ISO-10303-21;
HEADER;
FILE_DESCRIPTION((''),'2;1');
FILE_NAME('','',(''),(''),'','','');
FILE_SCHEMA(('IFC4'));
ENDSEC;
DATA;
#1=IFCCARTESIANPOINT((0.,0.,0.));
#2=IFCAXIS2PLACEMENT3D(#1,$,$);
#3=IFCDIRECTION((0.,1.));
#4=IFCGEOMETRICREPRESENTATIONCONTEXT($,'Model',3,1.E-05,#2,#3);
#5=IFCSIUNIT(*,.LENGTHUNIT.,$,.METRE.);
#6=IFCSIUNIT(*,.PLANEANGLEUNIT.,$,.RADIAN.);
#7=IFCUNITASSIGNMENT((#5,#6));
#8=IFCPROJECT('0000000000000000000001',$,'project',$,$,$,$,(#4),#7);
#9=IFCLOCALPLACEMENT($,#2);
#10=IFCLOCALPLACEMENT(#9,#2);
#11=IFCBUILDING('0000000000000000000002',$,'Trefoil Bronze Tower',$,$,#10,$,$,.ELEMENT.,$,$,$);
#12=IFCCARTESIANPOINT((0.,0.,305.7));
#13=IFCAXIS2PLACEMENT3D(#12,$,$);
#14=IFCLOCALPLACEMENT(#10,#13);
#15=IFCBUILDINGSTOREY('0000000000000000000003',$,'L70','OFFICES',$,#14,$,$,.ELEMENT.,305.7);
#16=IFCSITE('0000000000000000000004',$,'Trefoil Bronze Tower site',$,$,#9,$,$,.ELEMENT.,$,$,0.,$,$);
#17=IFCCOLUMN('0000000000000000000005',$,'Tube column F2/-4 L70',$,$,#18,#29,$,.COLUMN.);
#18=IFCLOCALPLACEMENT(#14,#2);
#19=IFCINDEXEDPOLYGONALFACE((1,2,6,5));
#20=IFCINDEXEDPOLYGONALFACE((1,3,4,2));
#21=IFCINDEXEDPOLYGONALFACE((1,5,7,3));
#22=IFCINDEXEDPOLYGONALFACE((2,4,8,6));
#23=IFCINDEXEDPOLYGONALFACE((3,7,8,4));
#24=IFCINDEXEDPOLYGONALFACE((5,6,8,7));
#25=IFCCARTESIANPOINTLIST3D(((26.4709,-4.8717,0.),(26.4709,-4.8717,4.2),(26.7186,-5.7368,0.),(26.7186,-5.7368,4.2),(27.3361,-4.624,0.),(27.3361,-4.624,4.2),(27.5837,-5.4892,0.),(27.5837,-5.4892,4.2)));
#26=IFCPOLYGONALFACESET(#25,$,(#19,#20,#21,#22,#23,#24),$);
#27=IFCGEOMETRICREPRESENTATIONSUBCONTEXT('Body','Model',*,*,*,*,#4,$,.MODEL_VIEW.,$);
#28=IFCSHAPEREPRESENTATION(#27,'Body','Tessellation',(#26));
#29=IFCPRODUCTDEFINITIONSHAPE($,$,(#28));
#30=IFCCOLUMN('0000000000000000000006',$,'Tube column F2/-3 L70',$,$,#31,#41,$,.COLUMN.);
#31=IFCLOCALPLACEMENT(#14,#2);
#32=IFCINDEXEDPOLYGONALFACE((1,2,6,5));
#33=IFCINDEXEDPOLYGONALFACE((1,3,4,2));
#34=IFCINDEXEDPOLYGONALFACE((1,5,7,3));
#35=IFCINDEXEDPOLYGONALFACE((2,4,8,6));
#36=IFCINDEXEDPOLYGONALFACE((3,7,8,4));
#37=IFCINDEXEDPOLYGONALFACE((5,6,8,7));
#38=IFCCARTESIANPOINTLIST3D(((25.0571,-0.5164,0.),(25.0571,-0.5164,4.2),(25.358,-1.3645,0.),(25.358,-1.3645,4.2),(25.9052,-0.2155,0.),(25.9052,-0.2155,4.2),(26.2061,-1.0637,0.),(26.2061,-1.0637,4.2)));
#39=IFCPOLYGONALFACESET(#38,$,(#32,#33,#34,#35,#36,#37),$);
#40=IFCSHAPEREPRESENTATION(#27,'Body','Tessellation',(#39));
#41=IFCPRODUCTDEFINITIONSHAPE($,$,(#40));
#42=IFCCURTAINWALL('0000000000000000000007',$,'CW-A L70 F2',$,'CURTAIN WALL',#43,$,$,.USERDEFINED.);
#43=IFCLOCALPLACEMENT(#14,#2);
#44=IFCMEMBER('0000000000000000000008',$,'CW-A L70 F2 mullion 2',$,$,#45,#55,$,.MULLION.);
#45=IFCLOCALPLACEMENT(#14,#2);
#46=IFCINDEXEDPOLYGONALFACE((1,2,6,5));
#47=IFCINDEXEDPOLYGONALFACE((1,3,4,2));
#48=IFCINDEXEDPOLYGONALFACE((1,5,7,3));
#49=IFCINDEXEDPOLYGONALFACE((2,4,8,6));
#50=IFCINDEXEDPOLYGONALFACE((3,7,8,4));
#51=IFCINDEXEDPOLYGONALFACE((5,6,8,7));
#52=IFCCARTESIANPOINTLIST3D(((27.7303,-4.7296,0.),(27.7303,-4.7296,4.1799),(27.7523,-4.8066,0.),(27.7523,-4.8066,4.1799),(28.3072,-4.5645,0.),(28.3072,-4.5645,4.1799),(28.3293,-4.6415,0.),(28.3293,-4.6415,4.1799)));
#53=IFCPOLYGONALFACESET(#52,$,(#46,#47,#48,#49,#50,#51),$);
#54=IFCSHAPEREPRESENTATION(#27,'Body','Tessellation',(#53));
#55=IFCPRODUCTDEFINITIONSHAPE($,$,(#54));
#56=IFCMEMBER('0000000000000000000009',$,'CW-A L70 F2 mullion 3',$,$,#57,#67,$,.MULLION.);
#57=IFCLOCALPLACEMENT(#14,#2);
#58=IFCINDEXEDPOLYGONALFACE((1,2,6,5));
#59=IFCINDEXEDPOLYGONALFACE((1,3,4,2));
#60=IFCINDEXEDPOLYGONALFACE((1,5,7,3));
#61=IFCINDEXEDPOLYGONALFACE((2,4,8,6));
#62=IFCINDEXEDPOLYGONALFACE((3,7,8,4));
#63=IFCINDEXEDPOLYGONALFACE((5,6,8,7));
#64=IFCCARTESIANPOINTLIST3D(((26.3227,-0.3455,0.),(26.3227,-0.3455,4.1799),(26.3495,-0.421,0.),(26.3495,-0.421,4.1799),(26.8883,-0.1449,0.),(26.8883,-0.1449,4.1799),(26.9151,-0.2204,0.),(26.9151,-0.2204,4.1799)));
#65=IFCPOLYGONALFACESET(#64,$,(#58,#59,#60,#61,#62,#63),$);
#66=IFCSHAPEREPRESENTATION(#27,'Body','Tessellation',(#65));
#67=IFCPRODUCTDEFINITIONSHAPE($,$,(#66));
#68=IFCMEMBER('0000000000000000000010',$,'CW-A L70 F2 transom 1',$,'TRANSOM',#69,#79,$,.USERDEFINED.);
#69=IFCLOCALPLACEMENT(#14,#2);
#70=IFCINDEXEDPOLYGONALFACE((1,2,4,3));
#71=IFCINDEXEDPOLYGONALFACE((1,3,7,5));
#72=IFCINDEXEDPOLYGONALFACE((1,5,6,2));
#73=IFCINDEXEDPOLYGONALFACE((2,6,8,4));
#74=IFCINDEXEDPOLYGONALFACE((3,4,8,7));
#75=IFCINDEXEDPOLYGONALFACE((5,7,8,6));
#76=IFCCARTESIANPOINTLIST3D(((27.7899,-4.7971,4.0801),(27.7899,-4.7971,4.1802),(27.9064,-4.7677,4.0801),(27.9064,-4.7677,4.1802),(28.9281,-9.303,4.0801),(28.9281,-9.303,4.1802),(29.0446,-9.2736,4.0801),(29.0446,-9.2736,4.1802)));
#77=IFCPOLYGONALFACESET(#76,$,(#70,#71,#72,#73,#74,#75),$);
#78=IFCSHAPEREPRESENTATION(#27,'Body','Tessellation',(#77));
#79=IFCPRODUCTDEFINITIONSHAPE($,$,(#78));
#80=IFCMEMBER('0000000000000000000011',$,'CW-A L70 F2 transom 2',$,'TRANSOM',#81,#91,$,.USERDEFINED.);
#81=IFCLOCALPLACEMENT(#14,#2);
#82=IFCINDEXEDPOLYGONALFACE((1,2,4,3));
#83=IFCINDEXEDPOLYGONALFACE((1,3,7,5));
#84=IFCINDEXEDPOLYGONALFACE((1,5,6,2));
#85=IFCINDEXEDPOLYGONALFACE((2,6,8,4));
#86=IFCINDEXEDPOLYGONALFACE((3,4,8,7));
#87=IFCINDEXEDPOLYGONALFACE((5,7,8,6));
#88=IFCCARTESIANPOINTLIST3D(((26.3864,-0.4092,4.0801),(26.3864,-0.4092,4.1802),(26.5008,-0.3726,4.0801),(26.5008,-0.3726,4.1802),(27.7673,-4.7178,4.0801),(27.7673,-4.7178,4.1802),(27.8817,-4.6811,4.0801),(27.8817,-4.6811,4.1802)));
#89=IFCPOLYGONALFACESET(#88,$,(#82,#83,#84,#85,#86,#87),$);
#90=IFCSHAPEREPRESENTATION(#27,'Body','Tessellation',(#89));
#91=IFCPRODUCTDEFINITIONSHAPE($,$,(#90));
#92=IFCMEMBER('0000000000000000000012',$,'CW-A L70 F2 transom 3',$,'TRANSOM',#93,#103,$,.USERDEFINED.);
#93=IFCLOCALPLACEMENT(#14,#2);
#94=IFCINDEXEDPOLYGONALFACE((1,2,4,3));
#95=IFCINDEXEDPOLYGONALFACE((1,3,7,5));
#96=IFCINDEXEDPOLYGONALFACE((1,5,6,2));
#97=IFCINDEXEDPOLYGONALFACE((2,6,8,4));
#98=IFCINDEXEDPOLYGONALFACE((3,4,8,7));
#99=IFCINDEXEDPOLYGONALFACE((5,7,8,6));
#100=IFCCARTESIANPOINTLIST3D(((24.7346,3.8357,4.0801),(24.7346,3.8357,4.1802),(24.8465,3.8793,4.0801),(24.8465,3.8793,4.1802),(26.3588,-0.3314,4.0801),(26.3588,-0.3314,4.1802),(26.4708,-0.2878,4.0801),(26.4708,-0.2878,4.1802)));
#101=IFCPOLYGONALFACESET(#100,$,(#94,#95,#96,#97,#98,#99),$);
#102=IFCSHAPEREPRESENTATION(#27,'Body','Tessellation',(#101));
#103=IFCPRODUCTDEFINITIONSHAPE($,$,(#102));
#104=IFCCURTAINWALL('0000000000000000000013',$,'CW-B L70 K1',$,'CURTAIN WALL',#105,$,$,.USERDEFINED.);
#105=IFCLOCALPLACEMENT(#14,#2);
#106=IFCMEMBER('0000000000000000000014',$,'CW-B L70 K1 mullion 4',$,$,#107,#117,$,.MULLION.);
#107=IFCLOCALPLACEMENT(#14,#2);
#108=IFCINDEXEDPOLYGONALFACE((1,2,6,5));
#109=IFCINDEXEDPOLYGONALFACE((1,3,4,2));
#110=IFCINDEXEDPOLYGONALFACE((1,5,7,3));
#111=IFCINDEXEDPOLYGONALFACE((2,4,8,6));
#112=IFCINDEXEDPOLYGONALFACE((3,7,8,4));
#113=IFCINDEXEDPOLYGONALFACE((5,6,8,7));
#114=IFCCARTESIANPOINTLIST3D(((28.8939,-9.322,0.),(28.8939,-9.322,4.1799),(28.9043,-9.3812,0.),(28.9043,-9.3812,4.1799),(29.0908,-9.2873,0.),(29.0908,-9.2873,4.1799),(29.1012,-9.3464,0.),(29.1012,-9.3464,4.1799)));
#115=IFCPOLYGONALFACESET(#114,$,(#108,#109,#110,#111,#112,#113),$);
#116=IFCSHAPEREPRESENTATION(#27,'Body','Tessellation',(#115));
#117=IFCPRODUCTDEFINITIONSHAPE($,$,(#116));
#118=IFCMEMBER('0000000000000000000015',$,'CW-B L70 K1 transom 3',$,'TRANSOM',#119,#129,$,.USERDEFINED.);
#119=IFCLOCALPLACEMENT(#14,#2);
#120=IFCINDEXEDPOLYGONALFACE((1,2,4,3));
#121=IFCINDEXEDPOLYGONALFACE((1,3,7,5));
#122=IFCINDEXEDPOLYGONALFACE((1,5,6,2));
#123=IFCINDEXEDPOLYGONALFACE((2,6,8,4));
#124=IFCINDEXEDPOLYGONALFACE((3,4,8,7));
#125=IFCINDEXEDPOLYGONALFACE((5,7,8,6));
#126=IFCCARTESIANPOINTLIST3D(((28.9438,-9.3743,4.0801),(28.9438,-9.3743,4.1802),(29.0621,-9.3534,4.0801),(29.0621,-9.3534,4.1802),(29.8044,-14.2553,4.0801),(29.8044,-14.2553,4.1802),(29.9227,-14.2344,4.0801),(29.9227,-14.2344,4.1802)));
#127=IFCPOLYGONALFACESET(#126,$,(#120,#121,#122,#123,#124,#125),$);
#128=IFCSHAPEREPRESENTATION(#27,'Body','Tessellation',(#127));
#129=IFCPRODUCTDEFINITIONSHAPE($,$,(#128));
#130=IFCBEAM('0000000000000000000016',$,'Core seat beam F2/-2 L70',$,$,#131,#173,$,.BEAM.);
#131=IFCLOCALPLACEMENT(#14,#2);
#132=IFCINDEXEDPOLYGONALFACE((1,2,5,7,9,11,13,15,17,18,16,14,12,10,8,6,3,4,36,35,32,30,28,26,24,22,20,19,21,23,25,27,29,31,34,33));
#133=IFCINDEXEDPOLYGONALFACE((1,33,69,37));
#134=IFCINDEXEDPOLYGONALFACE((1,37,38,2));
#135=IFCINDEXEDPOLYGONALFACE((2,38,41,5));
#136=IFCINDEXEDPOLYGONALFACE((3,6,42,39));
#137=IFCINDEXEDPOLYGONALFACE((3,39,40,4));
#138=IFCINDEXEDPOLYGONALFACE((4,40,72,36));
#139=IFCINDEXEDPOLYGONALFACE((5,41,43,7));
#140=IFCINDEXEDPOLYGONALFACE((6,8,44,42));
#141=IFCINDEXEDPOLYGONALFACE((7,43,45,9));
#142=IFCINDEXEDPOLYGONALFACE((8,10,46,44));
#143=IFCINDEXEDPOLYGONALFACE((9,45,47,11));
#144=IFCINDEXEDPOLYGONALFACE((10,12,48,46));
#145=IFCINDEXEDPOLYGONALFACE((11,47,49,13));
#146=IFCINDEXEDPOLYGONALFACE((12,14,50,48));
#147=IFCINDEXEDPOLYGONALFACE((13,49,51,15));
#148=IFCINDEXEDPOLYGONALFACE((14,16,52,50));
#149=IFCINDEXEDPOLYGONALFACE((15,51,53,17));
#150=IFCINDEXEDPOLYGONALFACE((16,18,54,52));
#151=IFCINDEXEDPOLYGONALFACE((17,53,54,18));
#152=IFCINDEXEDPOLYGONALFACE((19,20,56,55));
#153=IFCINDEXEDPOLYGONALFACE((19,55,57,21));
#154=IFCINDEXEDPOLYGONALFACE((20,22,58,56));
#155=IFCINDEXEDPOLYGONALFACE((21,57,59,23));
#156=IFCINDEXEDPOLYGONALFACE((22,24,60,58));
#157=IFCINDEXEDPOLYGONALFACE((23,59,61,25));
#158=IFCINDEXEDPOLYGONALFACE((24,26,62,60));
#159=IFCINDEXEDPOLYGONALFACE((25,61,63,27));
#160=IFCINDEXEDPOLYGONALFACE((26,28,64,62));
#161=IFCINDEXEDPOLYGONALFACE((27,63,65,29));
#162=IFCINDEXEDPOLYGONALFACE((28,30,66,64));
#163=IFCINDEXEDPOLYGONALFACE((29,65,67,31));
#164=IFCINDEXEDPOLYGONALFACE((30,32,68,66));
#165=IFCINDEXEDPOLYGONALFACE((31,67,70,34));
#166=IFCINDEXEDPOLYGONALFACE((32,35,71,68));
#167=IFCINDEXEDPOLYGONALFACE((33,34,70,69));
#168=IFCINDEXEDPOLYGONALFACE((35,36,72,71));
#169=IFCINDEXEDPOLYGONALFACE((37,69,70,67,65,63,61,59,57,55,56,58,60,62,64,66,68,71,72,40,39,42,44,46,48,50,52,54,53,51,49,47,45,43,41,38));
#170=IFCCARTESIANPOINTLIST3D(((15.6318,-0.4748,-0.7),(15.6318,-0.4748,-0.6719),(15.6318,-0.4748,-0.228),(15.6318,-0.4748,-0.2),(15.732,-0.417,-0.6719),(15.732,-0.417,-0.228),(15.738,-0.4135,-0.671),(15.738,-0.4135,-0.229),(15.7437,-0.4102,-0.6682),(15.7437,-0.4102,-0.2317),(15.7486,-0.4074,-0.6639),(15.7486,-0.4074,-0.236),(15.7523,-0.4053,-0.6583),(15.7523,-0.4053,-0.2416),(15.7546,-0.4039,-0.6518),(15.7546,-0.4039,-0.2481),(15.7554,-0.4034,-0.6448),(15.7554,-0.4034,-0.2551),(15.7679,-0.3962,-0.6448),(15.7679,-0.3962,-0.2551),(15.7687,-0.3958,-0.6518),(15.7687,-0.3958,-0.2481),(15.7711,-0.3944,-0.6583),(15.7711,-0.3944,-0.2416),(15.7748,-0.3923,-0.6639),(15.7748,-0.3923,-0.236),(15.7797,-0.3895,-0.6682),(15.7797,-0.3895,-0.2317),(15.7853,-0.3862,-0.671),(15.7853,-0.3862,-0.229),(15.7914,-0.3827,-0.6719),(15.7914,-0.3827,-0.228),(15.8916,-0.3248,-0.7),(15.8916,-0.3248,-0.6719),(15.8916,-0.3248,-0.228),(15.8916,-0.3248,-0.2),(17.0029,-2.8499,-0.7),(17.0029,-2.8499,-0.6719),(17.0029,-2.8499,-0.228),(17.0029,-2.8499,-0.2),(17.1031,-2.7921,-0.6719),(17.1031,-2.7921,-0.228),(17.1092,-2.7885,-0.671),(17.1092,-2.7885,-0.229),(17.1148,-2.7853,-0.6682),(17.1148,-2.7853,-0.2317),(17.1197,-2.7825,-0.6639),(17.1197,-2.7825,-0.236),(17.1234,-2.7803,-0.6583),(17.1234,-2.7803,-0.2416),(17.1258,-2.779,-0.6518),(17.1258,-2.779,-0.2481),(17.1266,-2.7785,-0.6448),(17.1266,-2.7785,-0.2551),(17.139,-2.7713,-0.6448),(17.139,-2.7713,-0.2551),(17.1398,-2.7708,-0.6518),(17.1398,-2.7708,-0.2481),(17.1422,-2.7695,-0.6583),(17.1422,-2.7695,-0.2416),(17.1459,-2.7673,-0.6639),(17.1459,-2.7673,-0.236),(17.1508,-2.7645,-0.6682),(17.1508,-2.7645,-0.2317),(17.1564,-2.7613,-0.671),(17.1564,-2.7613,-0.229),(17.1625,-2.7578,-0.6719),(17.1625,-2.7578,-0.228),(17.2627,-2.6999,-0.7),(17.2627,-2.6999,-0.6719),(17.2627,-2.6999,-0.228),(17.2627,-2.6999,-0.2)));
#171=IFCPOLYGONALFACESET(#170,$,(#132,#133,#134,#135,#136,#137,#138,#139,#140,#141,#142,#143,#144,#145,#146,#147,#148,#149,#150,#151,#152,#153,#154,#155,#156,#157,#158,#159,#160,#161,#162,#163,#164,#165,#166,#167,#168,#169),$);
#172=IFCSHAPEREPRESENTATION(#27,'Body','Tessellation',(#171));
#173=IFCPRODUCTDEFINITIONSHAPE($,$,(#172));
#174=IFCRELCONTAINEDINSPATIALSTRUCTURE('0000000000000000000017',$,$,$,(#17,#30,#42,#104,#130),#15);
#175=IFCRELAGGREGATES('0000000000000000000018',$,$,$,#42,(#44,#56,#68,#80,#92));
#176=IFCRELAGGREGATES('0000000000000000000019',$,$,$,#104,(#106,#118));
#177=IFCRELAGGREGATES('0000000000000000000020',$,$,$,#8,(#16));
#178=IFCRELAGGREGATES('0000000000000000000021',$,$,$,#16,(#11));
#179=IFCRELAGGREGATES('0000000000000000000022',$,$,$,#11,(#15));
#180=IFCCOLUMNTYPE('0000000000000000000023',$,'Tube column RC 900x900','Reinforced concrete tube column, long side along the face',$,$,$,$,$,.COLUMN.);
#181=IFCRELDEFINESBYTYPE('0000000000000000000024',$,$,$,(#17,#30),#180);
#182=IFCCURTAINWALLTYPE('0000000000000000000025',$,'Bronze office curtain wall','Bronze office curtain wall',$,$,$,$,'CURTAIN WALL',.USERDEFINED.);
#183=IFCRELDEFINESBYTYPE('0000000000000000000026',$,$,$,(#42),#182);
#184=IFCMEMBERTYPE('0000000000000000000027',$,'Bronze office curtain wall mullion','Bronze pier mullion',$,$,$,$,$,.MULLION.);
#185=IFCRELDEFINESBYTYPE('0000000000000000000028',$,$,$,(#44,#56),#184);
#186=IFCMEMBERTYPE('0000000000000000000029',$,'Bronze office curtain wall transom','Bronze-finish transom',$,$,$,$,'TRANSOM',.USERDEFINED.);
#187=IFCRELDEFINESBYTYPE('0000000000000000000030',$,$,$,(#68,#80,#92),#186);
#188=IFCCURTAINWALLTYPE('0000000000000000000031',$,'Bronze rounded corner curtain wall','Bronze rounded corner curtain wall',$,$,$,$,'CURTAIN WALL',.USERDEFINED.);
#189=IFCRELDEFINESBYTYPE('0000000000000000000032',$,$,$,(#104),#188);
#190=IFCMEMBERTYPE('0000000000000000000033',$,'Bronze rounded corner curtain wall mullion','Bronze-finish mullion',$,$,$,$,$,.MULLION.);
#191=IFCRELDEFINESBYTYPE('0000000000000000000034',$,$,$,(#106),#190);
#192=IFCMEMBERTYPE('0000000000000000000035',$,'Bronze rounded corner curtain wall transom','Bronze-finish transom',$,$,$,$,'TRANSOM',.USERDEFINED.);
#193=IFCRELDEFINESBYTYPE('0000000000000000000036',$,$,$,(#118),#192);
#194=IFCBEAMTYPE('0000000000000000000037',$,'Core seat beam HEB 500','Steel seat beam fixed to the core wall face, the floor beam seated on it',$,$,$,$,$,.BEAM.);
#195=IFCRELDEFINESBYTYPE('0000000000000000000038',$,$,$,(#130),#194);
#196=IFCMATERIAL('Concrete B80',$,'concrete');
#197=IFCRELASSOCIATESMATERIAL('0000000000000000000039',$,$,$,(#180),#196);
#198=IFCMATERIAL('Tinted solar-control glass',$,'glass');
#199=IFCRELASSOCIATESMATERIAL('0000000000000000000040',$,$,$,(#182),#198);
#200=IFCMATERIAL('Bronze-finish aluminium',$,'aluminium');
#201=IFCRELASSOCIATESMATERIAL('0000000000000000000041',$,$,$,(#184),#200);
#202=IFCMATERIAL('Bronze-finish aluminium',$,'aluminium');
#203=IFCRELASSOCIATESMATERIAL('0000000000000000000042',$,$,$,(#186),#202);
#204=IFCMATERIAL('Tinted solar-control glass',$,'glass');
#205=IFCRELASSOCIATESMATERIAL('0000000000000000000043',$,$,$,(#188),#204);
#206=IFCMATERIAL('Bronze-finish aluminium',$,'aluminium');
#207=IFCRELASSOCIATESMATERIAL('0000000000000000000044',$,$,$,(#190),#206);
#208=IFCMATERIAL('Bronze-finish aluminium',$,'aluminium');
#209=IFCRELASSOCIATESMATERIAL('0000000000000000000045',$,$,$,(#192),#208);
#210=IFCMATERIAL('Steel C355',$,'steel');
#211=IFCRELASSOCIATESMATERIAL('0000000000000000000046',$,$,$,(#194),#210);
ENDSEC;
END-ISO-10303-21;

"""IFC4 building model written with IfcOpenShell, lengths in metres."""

from ifc_helpers import new_model, si_unit, direction, frame, origin, origin_2d, place, context, subcontext, project, spatial, rectangle, i_section, extrude, material, material_profile, profile_set, type_object, element, aggregate, save


model = new_model("IFC4")

# Units and contexts
model_context = context("Model", 3, precision=1e-05, world=origin(), true_north=direction((0.0, 1.0)))
body_context = subcontext(model_context, "Body", "Model", "MODEL_VIEW")
ifc_project = project(units=[si_unit("LENGTHUNIT", "METRE"), si_unit("PLANEANGLEUNIT", "RADIAN")], contexts=[model_context])

# Site, building, storey
site_placement = place(None, origin())
site = spatial("IfcSite", under=ifc_project, at=site_placement, Name="Trefoil Bronze Tower site", CompositionType="ELEMENT", RefElevation=0.0)
building_placement = place(site_placement, origin())
building = spatial("IfcBuilding", under=site, at=building_placement, Name="Trefoil Bronze Tower", CompositionType="ELEMENT")
storey_placement = place(building_placement, frame((0.0, 0.0, 305.7)))
storey = spatial("IfcBuildingStorey", under=building, at=storey_placement, Name="L70", Description="OFFICES", CompositionType="ELEMENT", Elevation=305.7)

# Columns
ifc_material_1 = material(Name="Concrete B80", Category="concrete")
ifc_material_profile_1 = material_profile(ifc_material_1, rectangle(XDim=0.8999, YDim=0.8999, at=origin_2d()), Name="RC 900x900")
ifc_profile_set_1 = profile_set([ifc_material_profile_1], Name="Concrete B80")
column_type = type_object("IfcColumnType", Name="Tube column RC 900x900", Description="Reinforced concrete tube column, long side along the face", PredefinedType="COLUMN", material=ifc_profile_set_1)
for number, where, z_axis, x_axis, name in (
    (1, (27.0273, -5.1804, 0.0), (0.0, 0.0, 1.0), (-0.275169, 0.961396, 0.0), "Tube column F2/-4 L70"),
    (2, (25.6316, -0.79, 0.0), (0.0, 0.0, 1.0), (-0.334352, 0.942448, 0.0), "Tube column F2/-3 L70"),
):
    element("IfcColumn", number, at=place(storey_placement, frame(where, z_axis=z_axis, x_axis=x_axis)), inside=storey, type_object=column_type, Name=name, PredefinedType="COLUMN", context=body_context, shape_type="SweptSolid", body=[
        extrude(rectangle(XDim=0.8999, YDim=0.8999, at=origin_2d()), origin(), (0.0, 0.0, 1.0), 4.2),
    ])

# Curtain walls, members
ifc_material_2 = material(Name="Tinted solar-control glass", Category="glass")
curtain_wall_type_1 = type_object("IfcCurtainWallType", Name="Bronze office curtain wall", Description="Bronze office curtain wall", ElementType="CURTAIN WALL", PredefinedType="USERDEFINED", material=ifc_material_2)
curtain_wall_1_placement = place(storey_placement, origin())
curtain_wall_1 = element("IfcCurtainWall", 3, at=curtain_wall_1_placement, inside=storey, type_object=curtain_wall_type_1, Name="CW-A L70 F2", ObjectType="CURTAIN WALL", PredefinedType="USERDEFINED")
ifc_material_3 = material(Name="Bronze-finish aluminium", Category="aluminium")
ifc_material_profile_2 = material_profile(ifc_material_3, rectangle(XDim=0.6001, YDim=0.0801, at=origin_2d()), Name="CW-A mullion")
ifc_profile_set_2 = profile_set([ifc_material_profile_2], Name="Bronze-finish aluminium")
member_type_1 = type_object("IfcMemberType", Name="Bronze office curtain wall mullion", Description="Bronze pier mullion", PredefinedType="MULLION", material=ifc_profile_set_2)
member_1_placement = place(storey_placement, frame((28.0298, -4.6855, 0.0), z_axis=(0.0, 0.0, 1.0), x_axis=(-0.961396, -0.275169, 0.0)))
member_1 = element("IfcMember", 4, at=member_1_placement, type_object=member_type_1, Name="CW-A L70 F2 mullion 2", PredefinedType="MULLION", context=body_context, shape_type="SweptSolid", body=[
    extrude(rectangle(XDim=0.6001, YDim=0.0801, at=origin_2d()), origin(), (0.0, 0.0, 1.0), 4.1799),
])
member_2_placement = place(storey_placement, frame((26.6189, -0.283, 0.0), z_axis=(0.0, 0.0, 1.0), x_axis=(-0.942448, -0.334352, 0.0)))
member_2 = element("IfcMember", 5, at=member_2_placement, type_object=member_type_1, Name="CW-A L70 F2 mullion 3", PredefinedType="MULLION", context=body_context, shape_type="SweptSolid", body=[
    extrude(rectangle(XDim=0.6001, YDim=0.0801, at=origin_2d()), origin(), (0.0, 0.0, 1.0), 4.1799),
])
ifc_material_4 = material(Name="Bronze-finish aluminium", Category="aluminium")
ifc_material_profile_3 = material_profile(ifc_material_4, rectangle(XDim=0.1201, YDim=0.1001, at=origin_2d()), Name="CW-A transom")
ifc_profile_set_3 = profile_set([ifc_material_profile_3], Name="Bronze-finish aluminium")
member_type_2 = type_object("IfcMemberType", Name="Bronze office curtain wall transom", Description="Bronze-finish transom", ElementType="TRANSOM", PredefinedType="USERDEFINED", material=ifc_profile_set_3)
member_3_placement = place(storey_placement, frame((28.9863, -9.2883, 4.1301), z_axis=(-0.244908, 0.969546, 0.0), x_axis=(-0.969546, -0.244908, 0.0)))
member_3 = element("IfcMember", 6, at=member_3_placement, type_object=member_type_2, Name="CW-A L70 F2 transom 1", ObjectType="TRANSOM", PredefinedType="USERDEFINED", context=body_context, shape_type="SweptSolid", body=[
    extrude(rectangle(XDim=0.1201, YDim=0.1001, at=origin_2d()), origin(), (0.0, 0.0, 1.0), 4.6475),
])
member_4_placement = place(storey_placement, frame((27.8245, -4.6995, 4.1301), z_axis=(-0.305199, 0.952289, 0.0), x_axis=(-0.952289, -0.305199, 0.0)))
member_4 = element("IfcMember", 7, at=member_4_placement, type_object=member_type_2, Name="CW-A L70 F2 transom 2", ObjectType="TRANSOM", PredefinedType="USERDEFINED", context=body_context, shape_type="SweptSolid", body=[
    extrude(rectangle(XDim=0.1201, YDim=0.1001, at=origin_2d()), origin(), (0.0, 0.0, 1.0), 4.5244),
])
member_5_placement = place(storey_placement, frame((26.4148, -0.3096, 4.1301), z_axis=(-0.363178, 0.93172, 0.0), x_axis=(-0.93172, -0.363178, 0.0)))
member_5 = element("IfcMember", 8, at=member_5_placement, type_object=member_type_2, Name="CW-A L70 F2 transom 3", ObjectType="TRANSOM", PredefinedType="USERDEFINED", context=body_context, shape_type="SweptSolid", body=[
    extrude(rectangle(XDim=0.1201, YDim=0.1001, at=origin_2d()), origin(), (0.0, 0.0, 1.0), 4.4724),
])
ifc_material_5 = material(Name="Tinted solar-control glass", Category="glass")
curtain_wall_type_2 = type_object("IfcCurtainWallType", Name="Bronze rounded corner curtain wall", Description="Bronze rounded corner curtain wall", ElementType="CURTAIN WALL", PredefinedType="USERDEFINED", material=ifc_material_5)
curtain_wall_2_placement = place(storey_placement, origin())
curtain_wall_2 = element("IfcCurtainWall", 9, at=curtain_wall_2_placement, inside=storey, type_object=curtain_wall_type_2, Name="CW-B L70 K1", ObjectType="CURTAIN WALL", PredefinedType="USERDEFINED")
ifc_material_6 = material(Name="Bronze-finish aluminium", Category="aluminium")
ifc_material_profile_4 = material_profile(ifc_material_6, rectangle(XDim=0.2, YDim=0.0601, at=origin_2d()), Name="CW-B mullion")
ifc_profile_set_4 = profile_set([ifc_material_profile_4], Name="Bronze-finish aluminium")
member_type_3 = type_object("IfcMemberType", Name="Bronze rounded corner curtain wall mullion", Description="Bronze-finish mullion", PredefinedType="MULLION", material=ifc_profile_set_4)
member_6_placement = place(storey_placement, frame((28.9976, -9.3342, 0.0), z_axis=(0.0, 0.0, 1.0), x_axis=(-0.984808, -0.173648, 0.0)))
member_6 = element("IfcMember", 10, at=member_6_placement, type_object=member_type_3, Name="CW-B L70 K1 mullion 4", PredefinedType="MULLION", context=body_context, shape_type="SweptSolid", body=[
    extrude(rectangle(XDim=0.2, YDim=0.0601, at=origin_2d()), origin(), (0.0, 0.0, 1.0), 4.1799),
])
ifc_material_7 = material(Name="Bronze-finish aluminium", Category="aluminium")
ifc_material_profile_5 = material_profile(ifc_material_7, rectangle(XDim=0.1201, YDim=0.1001, at=origin_2d()), Name="CW-B transom")
ifc_profile_set_5 = profile_set([ifc_material_profile_5], Name="Bronze-finish aluminium")
member_type_4 = type_object("IfcMemberType", Name="Bronze rounded corner curtain wall transom", Description="Bronze-finish transom", ElementType="TRANSOM", PredefinedType="USERDEFINED", material=ifc_profile_set_5)
member_7_placement = place(storey_placement, frame((29.8635, -14.2449, 4.1301), z_axis=(-0.173634, 0.98481, 0.0), x_axis=(-0.98481, -0.173634, 0.0)))
member_7 = element("IfcMember", 11, at=member_7_placement, type_object=member_type_4, Name="CW-B L70 K1 transom 3", ObjectType="TRANSOM", PredefinedType="USERDEFINED", context=body_context, shape_type="SweptSolid", body=[
    extrude(rectangle(XDim=0.1201, YDim=0.1001, at=origin_2d()), origin(), (0.0, 0.0, 1.0), 4.9563),
])

# Beam
ifc_material_8 = material(Name="Steel C355", Category="steel")
ifc_material_profile_6 = material_profile(ifc_material_8, i_section(OverallWidth=0.3, OverallDepth=0.5, WebThickness=0.0144, FlangeThickness=0.0281, FilletRadius=0.0271, at=origin_2d()), Name="HEB 500")
ifc_profile_set_6 = profile_set([ifc_material_profile_6], Name="Steel C355")
beam_type_1 = type_object("IfcBeamType", Name="Core seat beam HEB 500", Description="Steel seat beam fixed to the core wall face, the floor beam seated on it", PredefinedType="BEAM", material=ifc_profile_set_6)
beam_1_placement = place(storey_placement, frame((17.1328, -2.7749, -0.45), z_axis=(-0.499969, 0.866043, 0.0), x_axis=(-0.866043, -0.499969, 0.0)))
element("IfcBeam", 12, at=beam_1_placement, inside=storey, type_object=beam_type_1, Name="Core seat beam F2/-2 L70", PredefinedType="BEAM", context=body_context, shape_type="SweptSolid", body=[
    extrude(i_section(OverallWidth=0.3, OverallDepth=0.5, WebThickness=0.0144, FlangeThickness=0.0281, FilletRadius=0.0271, at=origin_2d()), origin(), (0.0, 0.0, 1.0), 2.7424),
])

aggregate(curtain_wall_1, [member_1, member_2, member_3, member_4, member_5])
aggregate(curtain_wall_2, [member_6, member_7])

save(model, "model.ifc")
